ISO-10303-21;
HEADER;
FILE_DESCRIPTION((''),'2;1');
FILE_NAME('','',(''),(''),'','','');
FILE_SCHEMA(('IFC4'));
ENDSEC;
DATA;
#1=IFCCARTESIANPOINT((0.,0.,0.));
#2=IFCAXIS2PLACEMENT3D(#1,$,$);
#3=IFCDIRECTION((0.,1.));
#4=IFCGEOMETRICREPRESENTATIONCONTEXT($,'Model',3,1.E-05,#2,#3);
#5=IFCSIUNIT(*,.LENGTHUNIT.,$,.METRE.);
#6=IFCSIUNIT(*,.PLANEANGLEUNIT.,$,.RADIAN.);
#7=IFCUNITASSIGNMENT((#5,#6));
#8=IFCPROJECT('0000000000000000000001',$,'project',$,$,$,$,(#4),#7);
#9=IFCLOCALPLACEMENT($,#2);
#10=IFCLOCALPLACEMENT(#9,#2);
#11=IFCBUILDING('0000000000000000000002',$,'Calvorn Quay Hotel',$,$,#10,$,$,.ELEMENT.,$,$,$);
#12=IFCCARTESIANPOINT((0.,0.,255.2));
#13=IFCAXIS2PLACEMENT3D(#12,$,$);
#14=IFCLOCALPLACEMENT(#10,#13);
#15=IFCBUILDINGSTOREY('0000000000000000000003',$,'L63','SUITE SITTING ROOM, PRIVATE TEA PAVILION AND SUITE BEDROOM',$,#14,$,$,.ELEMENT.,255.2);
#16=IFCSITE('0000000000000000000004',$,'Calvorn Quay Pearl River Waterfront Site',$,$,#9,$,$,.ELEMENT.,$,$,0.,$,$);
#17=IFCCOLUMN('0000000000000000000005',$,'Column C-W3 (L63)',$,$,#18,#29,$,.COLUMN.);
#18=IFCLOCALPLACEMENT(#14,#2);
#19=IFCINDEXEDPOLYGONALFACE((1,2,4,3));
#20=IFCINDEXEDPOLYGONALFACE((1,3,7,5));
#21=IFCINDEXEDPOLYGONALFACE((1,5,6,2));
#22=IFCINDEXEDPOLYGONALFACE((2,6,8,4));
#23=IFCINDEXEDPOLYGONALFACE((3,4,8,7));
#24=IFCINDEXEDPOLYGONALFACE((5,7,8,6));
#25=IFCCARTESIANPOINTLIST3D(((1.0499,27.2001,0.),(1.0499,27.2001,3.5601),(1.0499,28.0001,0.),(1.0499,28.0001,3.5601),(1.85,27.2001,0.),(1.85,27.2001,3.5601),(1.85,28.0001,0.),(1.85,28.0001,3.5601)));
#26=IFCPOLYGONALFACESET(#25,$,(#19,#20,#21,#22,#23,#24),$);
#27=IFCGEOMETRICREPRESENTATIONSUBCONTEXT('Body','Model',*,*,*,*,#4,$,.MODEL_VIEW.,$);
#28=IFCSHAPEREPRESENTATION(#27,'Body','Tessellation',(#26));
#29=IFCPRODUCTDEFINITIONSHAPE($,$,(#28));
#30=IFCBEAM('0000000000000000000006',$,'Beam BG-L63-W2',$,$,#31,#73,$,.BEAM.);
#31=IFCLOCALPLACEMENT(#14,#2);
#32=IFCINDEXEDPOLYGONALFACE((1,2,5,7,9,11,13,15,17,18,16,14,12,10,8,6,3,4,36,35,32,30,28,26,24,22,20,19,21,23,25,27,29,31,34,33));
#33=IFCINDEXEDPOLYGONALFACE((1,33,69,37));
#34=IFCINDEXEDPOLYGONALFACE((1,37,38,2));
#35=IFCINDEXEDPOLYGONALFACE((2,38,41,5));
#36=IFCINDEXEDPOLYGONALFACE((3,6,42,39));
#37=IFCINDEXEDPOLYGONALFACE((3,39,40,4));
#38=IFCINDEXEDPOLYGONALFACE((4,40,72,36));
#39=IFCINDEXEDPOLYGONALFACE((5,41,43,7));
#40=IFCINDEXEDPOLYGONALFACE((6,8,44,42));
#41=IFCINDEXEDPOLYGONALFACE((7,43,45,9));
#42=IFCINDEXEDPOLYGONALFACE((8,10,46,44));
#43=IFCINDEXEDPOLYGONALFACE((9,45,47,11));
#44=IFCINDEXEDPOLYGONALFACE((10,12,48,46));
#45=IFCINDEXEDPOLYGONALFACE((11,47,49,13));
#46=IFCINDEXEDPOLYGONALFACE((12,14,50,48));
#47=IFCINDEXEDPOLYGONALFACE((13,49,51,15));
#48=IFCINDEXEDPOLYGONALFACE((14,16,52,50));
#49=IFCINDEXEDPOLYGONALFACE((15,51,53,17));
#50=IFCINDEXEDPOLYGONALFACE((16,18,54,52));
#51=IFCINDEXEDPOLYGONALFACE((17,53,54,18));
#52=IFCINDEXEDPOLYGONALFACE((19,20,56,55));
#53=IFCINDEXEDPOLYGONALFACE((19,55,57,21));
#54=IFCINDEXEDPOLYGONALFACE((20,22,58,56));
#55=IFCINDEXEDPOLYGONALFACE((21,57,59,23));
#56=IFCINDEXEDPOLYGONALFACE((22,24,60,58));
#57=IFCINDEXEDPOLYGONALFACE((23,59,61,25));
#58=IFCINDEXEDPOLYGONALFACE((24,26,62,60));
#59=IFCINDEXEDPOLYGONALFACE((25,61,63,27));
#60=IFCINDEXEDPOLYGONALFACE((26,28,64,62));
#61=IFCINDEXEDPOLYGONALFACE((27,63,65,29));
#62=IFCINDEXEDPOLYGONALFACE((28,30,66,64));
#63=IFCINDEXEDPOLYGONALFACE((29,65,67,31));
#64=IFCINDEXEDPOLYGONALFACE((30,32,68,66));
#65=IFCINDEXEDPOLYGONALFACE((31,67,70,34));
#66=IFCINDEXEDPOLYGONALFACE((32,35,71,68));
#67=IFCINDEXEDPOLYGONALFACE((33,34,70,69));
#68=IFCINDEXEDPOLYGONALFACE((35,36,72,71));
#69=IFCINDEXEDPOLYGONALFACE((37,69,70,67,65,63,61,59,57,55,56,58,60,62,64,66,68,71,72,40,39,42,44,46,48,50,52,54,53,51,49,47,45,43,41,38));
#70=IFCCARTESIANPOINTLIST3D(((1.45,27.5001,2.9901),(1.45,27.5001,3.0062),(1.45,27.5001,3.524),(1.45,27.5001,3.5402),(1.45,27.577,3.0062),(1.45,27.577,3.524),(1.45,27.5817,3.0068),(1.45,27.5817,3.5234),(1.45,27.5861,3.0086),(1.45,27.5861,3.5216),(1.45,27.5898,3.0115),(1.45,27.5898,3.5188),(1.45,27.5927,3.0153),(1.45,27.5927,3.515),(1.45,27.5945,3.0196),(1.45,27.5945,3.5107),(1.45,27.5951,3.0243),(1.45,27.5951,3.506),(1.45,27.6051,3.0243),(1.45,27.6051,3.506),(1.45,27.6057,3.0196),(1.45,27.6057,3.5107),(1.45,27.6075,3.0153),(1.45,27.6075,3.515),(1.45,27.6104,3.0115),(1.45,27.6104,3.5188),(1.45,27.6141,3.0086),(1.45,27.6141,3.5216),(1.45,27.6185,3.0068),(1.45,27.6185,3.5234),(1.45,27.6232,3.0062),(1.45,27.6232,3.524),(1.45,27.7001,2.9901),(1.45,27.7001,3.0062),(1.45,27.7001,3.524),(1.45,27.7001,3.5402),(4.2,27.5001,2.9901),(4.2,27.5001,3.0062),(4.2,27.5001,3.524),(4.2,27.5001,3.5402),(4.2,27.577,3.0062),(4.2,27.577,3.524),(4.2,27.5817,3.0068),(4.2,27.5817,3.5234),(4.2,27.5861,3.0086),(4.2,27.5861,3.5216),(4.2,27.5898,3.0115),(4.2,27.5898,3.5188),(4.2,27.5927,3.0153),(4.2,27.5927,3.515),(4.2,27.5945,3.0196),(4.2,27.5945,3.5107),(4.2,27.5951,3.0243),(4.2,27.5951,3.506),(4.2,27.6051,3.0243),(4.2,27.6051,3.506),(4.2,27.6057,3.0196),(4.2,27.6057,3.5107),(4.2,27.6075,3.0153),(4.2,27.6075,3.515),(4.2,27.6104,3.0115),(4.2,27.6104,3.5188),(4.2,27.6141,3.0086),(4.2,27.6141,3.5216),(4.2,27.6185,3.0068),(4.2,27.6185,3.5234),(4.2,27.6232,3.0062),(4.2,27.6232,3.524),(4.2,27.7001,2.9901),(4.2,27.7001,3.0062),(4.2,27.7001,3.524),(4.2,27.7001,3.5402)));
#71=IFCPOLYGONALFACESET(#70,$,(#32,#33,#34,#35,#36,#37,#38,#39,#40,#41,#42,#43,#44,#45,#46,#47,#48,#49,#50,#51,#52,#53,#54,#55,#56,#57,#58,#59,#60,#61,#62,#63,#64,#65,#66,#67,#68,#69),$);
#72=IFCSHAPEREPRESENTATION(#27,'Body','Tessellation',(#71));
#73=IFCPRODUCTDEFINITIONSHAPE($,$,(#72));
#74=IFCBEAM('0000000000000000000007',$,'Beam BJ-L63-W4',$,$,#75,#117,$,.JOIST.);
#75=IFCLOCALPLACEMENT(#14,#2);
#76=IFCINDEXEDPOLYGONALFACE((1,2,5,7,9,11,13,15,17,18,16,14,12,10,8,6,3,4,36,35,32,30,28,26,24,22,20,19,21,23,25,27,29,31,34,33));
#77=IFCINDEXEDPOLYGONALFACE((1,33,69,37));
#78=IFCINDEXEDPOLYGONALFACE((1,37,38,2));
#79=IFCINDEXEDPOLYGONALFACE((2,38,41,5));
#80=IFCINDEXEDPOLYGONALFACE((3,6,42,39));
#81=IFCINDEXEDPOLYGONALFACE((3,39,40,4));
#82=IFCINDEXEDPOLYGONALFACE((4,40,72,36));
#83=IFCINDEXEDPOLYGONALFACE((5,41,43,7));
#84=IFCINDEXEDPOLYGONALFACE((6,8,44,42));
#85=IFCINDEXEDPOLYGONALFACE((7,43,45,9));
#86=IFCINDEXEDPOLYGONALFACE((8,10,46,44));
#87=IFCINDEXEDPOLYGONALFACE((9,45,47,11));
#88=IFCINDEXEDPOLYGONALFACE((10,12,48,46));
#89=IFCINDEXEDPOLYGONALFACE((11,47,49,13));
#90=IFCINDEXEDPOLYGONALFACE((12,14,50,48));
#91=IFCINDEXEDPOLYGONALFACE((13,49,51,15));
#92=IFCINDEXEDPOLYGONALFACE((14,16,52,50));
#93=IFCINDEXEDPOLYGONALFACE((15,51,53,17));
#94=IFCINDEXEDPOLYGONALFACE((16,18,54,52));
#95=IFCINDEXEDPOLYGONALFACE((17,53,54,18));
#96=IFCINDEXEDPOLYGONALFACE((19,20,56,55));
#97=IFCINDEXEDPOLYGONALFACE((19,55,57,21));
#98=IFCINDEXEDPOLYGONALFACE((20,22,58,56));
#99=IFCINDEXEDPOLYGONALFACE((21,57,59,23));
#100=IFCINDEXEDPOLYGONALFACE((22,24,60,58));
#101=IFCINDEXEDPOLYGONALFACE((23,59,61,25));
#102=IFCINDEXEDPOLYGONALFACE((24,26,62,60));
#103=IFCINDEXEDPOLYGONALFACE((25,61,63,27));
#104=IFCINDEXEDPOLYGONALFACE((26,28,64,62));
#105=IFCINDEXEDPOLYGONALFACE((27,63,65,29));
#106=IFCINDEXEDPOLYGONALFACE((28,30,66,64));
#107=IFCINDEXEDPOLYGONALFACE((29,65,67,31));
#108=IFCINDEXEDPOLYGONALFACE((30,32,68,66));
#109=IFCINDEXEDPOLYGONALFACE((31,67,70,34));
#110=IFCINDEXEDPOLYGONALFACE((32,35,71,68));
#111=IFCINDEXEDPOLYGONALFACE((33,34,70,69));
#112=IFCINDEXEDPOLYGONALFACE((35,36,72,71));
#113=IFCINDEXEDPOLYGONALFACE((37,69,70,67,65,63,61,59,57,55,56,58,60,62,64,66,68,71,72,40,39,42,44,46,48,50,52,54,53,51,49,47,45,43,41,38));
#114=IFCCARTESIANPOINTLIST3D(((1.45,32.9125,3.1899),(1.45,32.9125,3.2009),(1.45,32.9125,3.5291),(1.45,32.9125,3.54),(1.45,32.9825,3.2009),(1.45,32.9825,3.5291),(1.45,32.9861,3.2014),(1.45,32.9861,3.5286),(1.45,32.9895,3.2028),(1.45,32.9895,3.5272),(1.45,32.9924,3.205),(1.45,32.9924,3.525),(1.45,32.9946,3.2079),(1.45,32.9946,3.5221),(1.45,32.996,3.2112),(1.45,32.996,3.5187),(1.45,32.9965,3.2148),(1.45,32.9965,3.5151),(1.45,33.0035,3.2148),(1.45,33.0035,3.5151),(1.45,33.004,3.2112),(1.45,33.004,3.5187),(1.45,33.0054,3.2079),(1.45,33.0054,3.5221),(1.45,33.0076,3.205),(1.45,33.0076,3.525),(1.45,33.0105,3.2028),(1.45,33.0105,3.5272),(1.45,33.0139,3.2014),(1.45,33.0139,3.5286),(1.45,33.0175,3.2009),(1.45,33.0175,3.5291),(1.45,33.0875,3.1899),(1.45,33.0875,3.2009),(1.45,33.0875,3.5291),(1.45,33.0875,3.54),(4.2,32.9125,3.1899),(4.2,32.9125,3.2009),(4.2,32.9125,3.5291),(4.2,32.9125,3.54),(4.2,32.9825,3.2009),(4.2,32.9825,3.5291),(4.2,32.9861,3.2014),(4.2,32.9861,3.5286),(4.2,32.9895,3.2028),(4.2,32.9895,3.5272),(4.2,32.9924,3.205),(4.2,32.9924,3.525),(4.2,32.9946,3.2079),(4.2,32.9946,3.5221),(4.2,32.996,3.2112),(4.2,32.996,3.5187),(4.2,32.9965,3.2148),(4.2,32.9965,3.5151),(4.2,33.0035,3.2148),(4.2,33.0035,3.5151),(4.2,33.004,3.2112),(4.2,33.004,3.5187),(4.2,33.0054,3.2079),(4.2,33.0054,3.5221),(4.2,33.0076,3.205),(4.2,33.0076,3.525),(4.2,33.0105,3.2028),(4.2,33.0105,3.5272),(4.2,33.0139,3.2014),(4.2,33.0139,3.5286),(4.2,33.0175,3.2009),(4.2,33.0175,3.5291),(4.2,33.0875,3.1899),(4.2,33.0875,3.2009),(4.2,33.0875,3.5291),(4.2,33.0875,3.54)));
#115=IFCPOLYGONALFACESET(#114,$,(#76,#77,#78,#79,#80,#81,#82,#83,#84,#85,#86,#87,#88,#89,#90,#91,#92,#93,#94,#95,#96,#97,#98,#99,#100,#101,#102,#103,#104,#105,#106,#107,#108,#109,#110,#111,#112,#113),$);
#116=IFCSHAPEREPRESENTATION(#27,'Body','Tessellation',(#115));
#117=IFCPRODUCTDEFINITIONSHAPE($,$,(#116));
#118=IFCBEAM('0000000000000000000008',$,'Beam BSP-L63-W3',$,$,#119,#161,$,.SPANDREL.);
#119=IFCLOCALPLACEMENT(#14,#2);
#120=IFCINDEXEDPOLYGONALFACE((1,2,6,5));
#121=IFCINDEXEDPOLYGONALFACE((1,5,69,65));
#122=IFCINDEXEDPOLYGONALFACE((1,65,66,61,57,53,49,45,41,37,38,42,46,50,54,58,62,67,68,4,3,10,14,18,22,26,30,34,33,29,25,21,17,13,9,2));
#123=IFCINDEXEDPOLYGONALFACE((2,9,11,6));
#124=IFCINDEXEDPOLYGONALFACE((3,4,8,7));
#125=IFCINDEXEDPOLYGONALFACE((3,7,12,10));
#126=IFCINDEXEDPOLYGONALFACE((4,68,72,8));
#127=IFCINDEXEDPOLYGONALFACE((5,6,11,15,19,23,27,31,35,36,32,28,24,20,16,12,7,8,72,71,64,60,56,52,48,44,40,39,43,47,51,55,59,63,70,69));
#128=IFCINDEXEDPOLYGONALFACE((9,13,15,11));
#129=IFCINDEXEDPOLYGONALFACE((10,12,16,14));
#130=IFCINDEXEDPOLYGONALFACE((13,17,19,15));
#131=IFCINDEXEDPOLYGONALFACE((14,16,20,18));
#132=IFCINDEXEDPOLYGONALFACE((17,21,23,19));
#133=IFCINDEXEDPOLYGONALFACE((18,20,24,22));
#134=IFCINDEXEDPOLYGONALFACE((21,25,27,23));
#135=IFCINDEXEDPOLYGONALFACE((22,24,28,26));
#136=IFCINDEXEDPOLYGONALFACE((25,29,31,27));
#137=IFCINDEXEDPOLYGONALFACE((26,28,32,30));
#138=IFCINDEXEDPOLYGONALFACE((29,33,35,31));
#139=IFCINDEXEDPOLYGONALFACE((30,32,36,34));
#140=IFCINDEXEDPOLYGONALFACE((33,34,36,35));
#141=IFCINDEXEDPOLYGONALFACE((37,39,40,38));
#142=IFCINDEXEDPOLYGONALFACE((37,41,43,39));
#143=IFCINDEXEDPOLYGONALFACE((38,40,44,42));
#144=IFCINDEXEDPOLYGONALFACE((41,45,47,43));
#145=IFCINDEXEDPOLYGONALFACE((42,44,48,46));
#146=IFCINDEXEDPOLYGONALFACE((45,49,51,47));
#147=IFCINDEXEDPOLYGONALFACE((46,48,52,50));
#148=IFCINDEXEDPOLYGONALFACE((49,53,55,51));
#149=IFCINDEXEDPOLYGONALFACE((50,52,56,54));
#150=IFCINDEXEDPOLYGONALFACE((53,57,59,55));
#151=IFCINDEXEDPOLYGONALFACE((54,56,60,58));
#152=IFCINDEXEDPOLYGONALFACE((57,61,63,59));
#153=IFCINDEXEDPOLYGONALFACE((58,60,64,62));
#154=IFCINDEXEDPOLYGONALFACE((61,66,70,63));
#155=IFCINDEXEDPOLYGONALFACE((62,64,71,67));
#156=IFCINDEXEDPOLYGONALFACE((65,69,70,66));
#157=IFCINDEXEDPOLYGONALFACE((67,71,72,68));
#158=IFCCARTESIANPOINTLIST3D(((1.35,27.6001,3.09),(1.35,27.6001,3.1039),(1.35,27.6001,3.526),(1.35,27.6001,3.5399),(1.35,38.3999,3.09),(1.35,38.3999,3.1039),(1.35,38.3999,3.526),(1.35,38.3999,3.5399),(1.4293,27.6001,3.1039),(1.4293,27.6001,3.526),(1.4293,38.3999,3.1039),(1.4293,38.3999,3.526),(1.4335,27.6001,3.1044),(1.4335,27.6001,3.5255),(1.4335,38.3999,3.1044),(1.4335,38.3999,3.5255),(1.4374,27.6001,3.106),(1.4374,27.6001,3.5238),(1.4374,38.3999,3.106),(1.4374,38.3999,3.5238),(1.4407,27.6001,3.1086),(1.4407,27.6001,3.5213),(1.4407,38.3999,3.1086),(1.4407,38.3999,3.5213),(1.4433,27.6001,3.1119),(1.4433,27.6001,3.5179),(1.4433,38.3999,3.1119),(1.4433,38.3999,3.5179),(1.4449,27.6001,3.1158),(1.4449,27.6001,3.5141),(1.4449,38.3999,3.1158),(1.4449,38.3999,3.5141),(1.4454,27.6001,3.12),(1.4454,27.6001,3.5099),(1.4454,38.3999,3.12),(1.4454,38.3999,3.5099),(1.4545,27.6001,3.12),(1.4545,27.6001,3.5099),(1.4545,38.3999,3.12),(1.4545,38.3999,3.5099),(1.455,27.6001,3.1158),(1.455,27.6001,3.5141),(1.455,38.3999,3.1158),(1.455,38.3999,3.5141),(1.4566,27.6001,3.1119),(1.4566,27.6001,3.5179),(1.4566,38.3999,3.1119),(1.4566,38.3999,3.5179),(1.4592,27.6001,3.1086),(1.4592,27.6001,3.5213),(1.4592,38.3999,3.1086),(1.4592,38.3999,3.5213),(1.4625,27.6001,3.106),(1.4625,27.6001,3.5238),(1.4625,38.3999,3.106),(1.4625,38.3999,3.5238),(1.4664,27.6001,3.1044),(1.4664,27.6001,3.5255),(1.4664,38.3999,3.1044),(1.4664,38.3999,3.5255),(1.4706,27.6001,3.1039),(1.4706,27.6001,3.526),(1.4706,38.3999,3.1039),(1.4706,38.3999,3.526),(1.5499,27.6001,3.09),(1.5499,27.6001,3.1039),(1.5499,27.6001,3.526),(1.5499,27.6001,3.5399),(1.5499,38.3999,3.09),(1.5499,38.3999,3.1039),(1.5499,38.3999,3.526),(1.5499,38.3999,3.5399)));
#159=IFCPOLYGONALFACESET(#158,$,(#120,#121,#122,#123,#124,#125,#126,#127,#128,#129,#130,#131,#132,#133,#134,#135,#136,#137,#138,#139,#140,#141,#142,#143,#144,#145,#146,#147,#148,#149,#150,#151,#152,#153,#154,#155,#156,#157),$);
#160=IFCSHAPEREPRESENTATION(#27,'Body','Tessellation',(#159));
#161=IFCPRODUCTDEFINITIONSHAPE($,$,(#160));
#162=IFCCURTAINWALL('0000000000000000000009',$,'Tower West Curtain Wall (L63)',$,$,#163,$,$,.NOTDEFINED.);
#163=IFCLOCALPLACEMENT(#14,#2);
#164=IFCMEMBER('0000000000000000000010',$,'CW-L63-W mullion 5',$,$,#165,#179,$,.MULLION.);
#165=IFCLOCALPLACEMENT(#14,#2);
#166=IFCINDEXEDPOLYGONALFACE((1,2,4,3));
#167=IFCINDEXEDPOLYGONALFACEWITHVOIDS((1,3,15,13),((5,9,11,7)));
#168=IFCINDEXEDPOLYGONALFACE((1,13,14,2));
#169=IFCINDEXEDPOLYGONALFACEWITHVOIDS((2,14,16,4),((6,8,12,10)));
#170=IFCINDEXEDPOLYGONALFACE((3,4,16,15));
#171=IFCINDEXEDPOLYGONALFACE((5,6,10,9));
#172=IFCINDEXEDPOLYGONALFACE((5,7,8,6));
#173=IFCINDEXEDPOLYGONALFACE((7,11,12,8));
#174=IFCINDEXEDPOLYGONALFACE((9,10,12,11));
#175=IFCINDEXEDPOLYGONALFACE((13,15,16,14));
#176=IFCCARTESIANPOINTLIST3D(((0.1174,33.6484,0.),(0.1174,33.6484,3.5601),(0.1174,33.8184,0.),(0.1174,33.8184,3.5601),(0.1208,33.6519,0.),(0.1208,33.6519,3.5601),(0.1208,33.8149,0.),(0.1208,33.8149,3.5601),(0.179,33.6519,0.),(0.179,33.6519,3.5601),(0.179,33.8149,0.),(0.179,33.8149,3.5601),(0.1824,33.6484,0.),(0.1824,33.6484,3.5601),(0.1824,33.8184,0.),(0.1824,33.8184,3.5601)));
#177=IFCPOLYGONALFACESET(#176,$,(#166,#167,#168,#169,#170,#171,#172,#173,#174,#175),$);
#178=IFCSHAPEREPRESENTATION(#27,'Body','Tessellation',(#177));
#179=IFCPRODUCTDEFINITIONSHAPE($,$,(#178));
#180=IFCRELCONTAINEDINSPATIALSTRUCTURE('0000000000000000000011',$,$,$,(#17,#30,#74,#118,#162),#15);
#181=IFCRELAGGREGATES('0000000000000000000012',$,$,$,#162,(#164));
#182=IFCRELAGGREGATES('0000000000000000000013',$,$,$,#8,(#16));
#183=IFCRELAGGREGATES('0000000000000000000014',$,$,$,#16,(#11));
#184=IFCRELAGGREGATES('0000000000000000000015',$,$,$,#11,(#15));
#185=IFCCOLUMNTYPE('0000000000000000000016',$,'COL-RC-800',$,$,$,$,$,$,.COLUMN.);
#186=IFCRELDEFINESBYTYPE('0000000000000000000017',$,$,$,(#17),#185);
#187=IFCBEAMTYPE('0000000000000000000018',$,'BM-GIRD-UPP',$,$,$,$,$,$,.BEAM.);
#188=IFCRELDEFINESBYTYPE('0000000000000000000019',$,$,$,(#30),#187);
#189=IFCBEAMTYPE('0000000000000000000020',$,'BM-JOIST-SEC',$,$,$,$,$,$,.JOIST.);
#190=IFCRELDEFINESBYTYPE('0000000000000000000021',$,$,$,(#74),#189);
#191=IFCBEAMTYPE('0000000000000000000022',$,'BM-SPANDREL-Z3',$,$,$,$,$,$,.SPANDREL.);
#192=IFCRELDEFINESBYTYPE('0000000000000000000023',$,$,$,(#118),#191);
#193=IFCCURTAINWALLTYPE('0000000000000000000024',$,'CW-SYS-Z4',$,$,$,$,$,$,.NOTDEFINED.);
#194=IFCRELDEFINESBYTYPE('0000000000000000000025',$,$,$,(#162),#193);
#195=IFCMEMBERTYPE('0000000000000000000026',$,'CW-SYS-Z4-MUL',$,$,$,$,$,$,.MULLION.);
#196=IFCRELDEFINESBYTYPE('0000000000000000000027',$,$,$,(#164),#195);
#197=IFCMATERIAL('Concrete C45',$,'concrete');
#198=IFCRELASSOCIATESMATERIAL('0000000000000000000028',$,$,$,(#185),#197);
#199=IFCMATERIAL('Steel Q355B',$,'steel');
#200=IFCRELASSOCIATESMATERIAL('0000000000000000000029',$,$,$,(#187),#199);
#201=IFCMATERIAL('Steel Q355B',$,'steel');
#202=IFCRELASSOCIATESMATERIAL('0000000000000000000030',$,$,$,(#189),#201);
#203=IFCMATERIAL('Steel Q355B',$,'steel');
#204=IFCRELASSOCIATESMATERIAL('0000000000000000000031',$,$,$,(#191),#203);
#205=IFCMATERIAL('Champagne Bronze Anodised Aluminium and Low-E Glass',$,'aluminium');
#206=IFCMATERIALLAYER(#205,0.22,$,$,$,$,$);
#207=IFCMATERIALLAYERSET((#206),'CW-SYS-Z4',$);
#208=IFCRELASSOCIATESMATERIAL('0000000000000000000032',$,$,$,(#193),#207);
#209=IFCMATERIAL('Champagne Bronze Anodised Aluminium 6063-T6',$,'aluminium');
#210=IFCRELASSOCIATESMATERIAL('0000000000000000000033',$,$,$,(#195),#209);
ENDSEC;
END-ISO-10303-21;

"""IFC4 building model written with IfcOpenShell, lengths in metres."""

from ifc_helpers import new_model, si_unit, direction, frame, origin, origin_2d, place, context, subcontext, project, spatial, rectangle, hollow_rectangle, i_section, extrude, material, layer, layer_set, material_profile, profile_set, type_object, element, aggregate, save


model = new_model("IFC4")

# Units and contexts
model_context = context("Model", 3, precision=1e-05, world=origin(), true_north=direction((0.0, 1.0)))
body_context = subcontext(model_context, "Body", "Model", "MODEL_VIEW")
ifc_project = project(units=[si_unit("LENGTHUNIT", "METRE"), si_unit("PLANEANGLEUNIT", "RADIAN")], contexts=[model_context])

# Site, building, storey
site_placement = place(None, origin())
site = spatial("IfcSite", under=ifc_project, at=site_placement, Name="Calvorn Quay Pearl River Waterfront Site", CompositionType="ELEMENT", RefElevation=0.0)
building_placement = place(site_placement, origin())
building = spatial("IfcBuilding", under=site, at=building_placement, Name="Calvorn Quay Hotel", CompositionType="ELEMENT")
storey_placement = place(building_placement, frame((0.0, 0.0, 255.2)))
storey = spatial("IfcBuildingStorey", under=building, at=storey_placement, Name="L63", Description="SUITE SITTING ROOM, PRIVATE TEA PAVILION AND SUITE BEDROOM", CompositionType="ELEMENT", Elevation=255.2)

# Column
ifc_material_1 = material(Name="Concrete C45", Category="concrete")
ifc_material_profile_1 = material_profile(ifc_material_1, rectangle(XDim=0.8, YDim=0.8, at=origin_2d()), Name="RC800x800")
ifc_profile_set_1 = profile_set([ifc_material_profile_1], Name="Concrete C45")
column_type = type_object("IfcColumnType", Name="COL-RC-800", PredefinedType="COLUMN", material=ifc_profile_set_1)
column_placement = place(storey_placement, frame((1.45, 27.6001, 0.0), z_axis=(0.0, 0.0, 1.0), x_axis=(1.0, 0.0, 0.0)))
element("IfcColumn", 1, at=column_placement, inside=storey, type_object=column_type, Name="Column C-W3 (L63)", PredefinedType="COLUMN", context=body_context, shape_type="SweptSolid", body=[
    extrude(rectangle(XDim=0.8, YDim=0.8, at=origin_2d()), origin(), (0.0, 0.0, 1.0), 3.5601),
])

# Beams
ifc_material_2 = material(Name="Steel Q355B", Category="steel")
ifc_material_profile_2 = material_profile(ifc_material_2, i_section(OverallWidth=0.2, OverallDepth=0.55, WebThickness=0.01, FlangeThickness=0.0161, FilletRadius=0.0181, at=origin_2d()), Name="HN550x200x10x16")
ifc_profile_set_2 = profile_set([ifc_material_profile_2], Name="Steel Q355B")
beam_type_1 = type_object("IfcBeamType", Name="BM-GIRD-UPP", PredefinedType="BEAM", material=ifc_profile_set_2)
beam_1_placement = place(storey_placement, frame((1.45, 27.6001, 3.2651), z_axis=(1.0, 0.0, 0.0), x_axis=(0.0, 1.0, 0.0)))
element("IfcBeam", 2, at=beam_1_placement, inside=storey, type_object=beam_type_1, Name="Beam BG-L63-W2", PredefinedType="BEAM", context=body_context, shape_type="SweptSolid", body=[
    extrude(i_section(OverallWidth=0.2, OverallDepth=0.55, WebThickness=0.01, FlangeThickness=0.0161, FilletRadius=0.0181, at=origin_2d()), origin(), (0.0, 0.0, 1.0), 2.75),
])
ifc_material_3 = material(Name="Steel Q355B", Category="steel")
ifc_material_profile_3 = material_profile(ifc_material_3, i_section(OverallWidth=0.175, OverallDepth=0.3501, WebThickness=0.0071, FlangeThickness=0.011, FilletRadius=0.0139, at=origin_2d()), Name="HN350x175x7x11")
ifc_profile_set_3 = profile_set([ifc_material_profile_3], Name="Steel Q355B")
beam_type_2 = type_object("IfcBeamType", Name="BM-JOIST-SEC", PredefinedType="JOIST", material=ifc_profile_set_3)
beam_2_placement = place(storey_placement, frame((1.45, 33.0, 3.365), z_axis=(1.0, 0.0, 0.0), x_axis=(0.0, 1.0, 0.0)))
element("IfcBeam", 3, at=beam_2_placement, inside=storey, type_object=beam_type_2, Name="Beam BJ-L63-W4", PredefinedType="JOIST", context=body_context, shape_type="SweptSolid", body=[
    extrude(i_section(OverallWidth=0.175, OverallDepth=0.3501, WebThickness=0.0071, FlangeThickness=0.011, FilletRadius=0.0139, at=origin_2d()), origin(), (0.0, 0.0, 1.0), 2.75),
])
ifc_material_4 = material(Name="Steel Q355B", Category="steel")
ifc_material_profile_4 = material_profile(ifc_material_4, i_section(OverallWidth=0.2, OverallDepth=0.45, WebThickness=0.009, FlangeThickness=0.0139, FilletRadius=0.0161, at=origin_2d()), Name="HN450x200x9x14")
ifc_profile_set_4 = profile_set([ifc_material_profile_4], Name="Steel Q355B")
beam_type_3 = type_object("IfcBeamType", Name="BM-SPANDREL-Z3", PredefinedType="SPANDREL", material=ifc_profile_set_4)
beam_3_placement = place(storey_placement, frame((1.45, 27.6001, 3.3149), z_axis=(0.0, 1.0, 0.0), x_axis=(-1.0, 0.0, 0.0)))
element("IfcBeam", 4, at=beam_3_placement, inside=storey, type_object=beam_type_3, Name="Beam BSP-L63-W3", PredefinedType="SPANDREL", context=body_context, shape_type="SweptSolid", body=[
    extrude(i_section(OverallWidth=0.2, OverallDepth=0.45, WebThickness=0.009, FlangeThickness=0.0139, FilletRadius=0.0161, at=origin_2d()), origin(), (0.0, 0.0, 1.0), 10.7998),
])

# Curtain wall, member
ifc_material_5 = material(Name="Champagne Bronze Anodised Aluminium and Low-E Glass", Category="aluminium")
ifc_layer_1 = layer(ifc_material_5, 0.22)
ifc_layer_set_1 = layer_set([ifc_layer_1], Name="CW-SYS-Z4")
curtain_wall_type = type_object("IfcCurtainWallType", Name="CW-SYS-Z4", PredefinedType="NOTDEFINED", material=ifc_layer_set_1)
curtain_wall_placement = place(storey_placement, origin())
curtain_wall = element("IfcCurtainWall", 5, at=curtain_wall_placement, inside=storey, type_object=curtain_wall_type, Name="Tower West Curtain Wall (L63)", PredefinedType="NOTDEFINED")
ifc_material_6 = material(Name="Champagne Bronze Anodised Aluminium 6063-T6", Category="aluminium")
ifc_material_profile_5 = material_profile(ifc_material_6, hollow_rectangle(XDim=0.0649, YDim=0.1699, WallThickness=0.0034, at=origin_2d()), Name="ALU-M170x65x3.5")
ifc_profile_set_5 = profile_set([ifc_material_profile_5], Name="Champagne Bronze Anodised Aluminium 6063-T6")
member_type_1 = type_object("IfcMemberType", Name="CW-SYS-Z4-MUL", PredefinedType="MULLION", material=ifc_profile_set_5)
member_1_placement = place(storey_placement, frame((0.1499, 33.7334, 0.0), z_axis=(0.0, 0.0, 1.0), x_axis=(-1.0, 0.0, 0.0)))
member_1 = element("IfcMember", 6, at=member_1_placement, type_object=member_type_1, Name="CW-L63-W mullion 5", PredefinedType="MULLION", context=body_context, shape_type="SweptSolid", body=[
    extrude(hollow_rectangle(XDim=0.0649, YDim=0.1699, WallThickness=0.0034, at=origin_2d()), origin(), (0.0, 0.0, 1.0), 3.5601),
])
aggregate(curtain_wall, [member_1])

save(model, "model.ifc")
